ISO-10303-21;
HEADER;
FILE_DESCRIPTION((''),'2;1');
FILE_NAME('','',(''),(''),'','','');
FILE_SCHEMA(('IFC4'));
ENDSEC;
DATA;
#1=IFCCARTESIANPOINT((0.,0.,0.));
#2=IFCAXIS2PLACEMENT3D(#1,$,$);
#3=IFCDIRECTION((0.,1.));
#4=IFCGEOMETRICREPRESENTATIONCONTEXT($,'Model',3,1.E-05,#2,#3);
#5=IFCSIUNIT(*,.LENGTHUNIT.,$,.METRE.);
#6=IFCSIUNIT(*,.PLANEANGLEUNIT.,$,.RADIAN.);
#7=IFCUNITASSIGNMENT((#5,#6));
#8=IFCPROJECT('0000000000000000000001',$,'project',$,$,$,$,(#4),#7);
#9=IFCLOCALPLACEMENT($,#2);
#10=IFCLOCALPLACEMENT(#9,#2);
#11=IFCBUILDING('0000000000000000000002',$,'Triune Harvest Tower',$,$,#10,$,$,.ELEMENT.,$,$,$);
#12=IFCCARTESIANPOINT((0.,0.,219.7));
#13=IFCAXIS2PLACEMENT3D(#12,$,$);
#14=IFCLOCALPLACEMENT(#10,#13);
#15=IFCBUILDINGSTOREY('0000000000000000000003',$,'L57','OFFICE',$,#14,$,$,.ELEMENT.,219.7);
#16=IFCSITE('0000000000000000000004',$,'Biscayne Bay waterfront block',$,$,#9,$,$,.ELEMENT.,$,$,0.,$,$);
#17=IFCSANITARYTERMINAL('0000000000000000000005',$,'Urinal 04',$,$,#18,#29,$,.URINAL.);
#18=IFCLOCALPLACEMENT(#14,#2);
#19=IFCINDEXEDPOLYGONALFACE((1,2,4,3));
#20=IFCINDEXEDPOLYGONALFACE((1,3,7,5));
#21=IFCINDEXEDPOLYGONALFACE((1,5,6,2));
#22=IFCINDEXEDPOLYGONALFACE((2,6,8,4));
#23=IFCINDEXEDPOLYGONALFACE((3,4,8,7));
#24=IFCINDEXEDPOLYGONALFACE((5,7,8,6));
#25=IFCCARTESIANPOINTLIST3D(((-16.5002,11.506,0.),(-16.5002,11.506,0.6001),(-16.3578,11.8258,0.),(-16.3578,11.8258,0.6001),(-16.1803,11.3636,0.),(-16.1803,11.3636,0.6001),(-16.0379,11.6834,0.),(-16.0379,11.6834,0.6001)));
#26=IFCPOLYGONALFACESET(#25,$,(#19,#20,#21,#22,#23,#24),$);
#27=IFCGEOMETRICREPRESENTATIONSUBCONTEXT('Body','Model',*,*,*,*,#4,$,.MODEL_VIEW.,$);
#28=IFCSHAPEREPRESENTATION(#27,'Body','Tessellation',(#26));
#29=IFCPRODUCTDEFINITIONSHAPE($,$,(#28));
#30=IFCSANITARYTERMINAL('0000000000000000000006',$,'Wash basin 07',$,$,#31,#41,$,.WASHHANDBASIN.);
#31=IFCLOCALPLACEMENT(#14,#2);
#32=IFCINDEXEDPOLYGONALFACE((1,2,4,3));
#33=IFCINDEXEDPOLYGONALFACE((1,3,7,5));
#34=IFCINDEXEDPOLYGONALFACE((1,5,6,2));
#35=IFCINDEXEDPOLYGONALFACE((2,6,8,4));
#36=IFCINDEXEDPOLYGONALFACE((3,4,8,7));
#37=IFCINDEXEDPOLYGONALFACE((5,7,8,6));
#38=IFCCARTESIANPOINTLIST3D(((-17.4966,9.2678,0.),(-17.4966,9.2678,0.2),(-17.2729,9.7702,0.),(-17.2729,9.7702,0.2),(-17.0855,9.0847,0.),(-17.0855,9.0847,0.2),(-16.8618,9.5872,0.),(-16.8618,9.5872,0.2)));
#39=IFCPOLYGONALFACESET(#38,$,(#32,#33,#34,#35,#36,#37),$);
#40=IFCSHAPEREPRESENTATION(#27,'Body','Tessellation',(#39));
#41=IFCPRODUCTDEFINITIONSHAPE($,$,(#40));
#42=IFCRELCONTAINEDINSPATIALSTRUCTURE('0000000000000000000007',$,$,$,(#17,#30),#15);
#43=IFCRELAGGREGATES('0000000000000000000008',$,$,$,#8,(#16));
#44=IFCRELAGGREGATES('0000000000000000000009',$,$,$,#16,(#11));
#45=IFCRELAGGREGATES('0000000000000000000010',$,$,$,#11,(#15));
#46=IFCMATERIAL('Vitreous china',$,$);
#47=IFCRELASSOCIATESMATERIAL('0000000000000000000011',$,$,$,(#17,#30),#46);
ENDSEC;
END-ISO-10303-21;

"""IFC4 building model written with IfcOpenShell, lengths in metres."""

from ifc_helpers import new_model, si_unit, direction, frame, origin, origin_2d, place, context, subcontext, project, spatial, rectangle, extrude, source, transform, mapped, material, element, save


model = new_model("IFC4")

# Units and contexts
model_context = context("Model", 3, precision=1e-05, world=origin(), true_north=direction((0.0, 1.0)))
body_context = subcontext(model_context, "Body", "Model", "MODEL_VIEW")
ifc_project = project(units=[si_unit("LENGTHUNIT", "METRE"), si_unit("PLANEANGLEUNIT", "RADIAN")], contexts=[model_context])

# Site, building, storey
site_placement = place(None, origin())
site = spatial("IfcSite", under=ifc_project, at=site_placement, Name="Biscayne Bay waterfront block", CompositionType="ELEMENT", RefElevation=0.0)
building_placement = place(site_placement, origin())
building = spatial("IfcBuilding", under=site, at=building_placement, Name="Triune Harvest Tower", CompositionType="ELEMENT")
storey_placement = place(building_placement, frame((0.0, 0.0, 219.7)))
storey = spatial("IfcBuildingStorey", under=building, at=storey_placement, Name="L57", Description="OFFICE", CompositionType="ELEMENT", Elevation=219.7)

# Sanitary terminals
ifc_material_1 = material(Name="Vitreous china")
shared_shape_1 = source(origin(), body_context, "Body", "SweptSolid", [
    extrude(rectangle(XDim=0.3501, YDim=0.3501, at=origin_2d()), origin(), (0.0, 0.0, 1.0), 0.6001),
])
sanitary_terminal_1_placement = place(storey_placement, frame((-16.269, 11.5947, 0.0), z_axis=(0.0, 0.0, 1.0), x_axis=(0.406737, 0.913545, 0.0)))
element("IfcSanitaryTerminal", 1, at=sanitary_terminal_1_placement, inside=storey, material=ifc_material_1, Name="Urinal 04", PredefinedType="URINAL", context=body_context, shape_type="MappedRepresentation", body=[
    mapped(shared_shape_1, transform((0.0, 0.0, 0.0), scale=1.0)),
])
shared_shape_2 = source(origin(), body_context, "Body", "SweptSolid", [
    extrude(rectangle(XDim=0.55, YDim=0.45, at=origin_2d()), origin(), (0.0, 0.0, 1.0), 0.2),
])
sanitary_terminal_2_placement = place(storey_placement, frame((-17.1792, 9.4275, 0.0), z_axis=(0.0, 0.0, 1.0), x_axis=(0.406753, 0.913538, 0.0)))
element("IfcSanitaryTerminal", 2, at=sanitary_terminal_2_placement, inside=storey, material=ifc_material_1, Name="Wash basin 07", PredefinedType="WASHHANDBASIN", context=body_context, shape_type="MappedRepresentation", body=[
    mapped(shared_shape_2, transform((0.0, 0.0, 0.0), scale=1.0)),
])

save(model, "model.ifc")
